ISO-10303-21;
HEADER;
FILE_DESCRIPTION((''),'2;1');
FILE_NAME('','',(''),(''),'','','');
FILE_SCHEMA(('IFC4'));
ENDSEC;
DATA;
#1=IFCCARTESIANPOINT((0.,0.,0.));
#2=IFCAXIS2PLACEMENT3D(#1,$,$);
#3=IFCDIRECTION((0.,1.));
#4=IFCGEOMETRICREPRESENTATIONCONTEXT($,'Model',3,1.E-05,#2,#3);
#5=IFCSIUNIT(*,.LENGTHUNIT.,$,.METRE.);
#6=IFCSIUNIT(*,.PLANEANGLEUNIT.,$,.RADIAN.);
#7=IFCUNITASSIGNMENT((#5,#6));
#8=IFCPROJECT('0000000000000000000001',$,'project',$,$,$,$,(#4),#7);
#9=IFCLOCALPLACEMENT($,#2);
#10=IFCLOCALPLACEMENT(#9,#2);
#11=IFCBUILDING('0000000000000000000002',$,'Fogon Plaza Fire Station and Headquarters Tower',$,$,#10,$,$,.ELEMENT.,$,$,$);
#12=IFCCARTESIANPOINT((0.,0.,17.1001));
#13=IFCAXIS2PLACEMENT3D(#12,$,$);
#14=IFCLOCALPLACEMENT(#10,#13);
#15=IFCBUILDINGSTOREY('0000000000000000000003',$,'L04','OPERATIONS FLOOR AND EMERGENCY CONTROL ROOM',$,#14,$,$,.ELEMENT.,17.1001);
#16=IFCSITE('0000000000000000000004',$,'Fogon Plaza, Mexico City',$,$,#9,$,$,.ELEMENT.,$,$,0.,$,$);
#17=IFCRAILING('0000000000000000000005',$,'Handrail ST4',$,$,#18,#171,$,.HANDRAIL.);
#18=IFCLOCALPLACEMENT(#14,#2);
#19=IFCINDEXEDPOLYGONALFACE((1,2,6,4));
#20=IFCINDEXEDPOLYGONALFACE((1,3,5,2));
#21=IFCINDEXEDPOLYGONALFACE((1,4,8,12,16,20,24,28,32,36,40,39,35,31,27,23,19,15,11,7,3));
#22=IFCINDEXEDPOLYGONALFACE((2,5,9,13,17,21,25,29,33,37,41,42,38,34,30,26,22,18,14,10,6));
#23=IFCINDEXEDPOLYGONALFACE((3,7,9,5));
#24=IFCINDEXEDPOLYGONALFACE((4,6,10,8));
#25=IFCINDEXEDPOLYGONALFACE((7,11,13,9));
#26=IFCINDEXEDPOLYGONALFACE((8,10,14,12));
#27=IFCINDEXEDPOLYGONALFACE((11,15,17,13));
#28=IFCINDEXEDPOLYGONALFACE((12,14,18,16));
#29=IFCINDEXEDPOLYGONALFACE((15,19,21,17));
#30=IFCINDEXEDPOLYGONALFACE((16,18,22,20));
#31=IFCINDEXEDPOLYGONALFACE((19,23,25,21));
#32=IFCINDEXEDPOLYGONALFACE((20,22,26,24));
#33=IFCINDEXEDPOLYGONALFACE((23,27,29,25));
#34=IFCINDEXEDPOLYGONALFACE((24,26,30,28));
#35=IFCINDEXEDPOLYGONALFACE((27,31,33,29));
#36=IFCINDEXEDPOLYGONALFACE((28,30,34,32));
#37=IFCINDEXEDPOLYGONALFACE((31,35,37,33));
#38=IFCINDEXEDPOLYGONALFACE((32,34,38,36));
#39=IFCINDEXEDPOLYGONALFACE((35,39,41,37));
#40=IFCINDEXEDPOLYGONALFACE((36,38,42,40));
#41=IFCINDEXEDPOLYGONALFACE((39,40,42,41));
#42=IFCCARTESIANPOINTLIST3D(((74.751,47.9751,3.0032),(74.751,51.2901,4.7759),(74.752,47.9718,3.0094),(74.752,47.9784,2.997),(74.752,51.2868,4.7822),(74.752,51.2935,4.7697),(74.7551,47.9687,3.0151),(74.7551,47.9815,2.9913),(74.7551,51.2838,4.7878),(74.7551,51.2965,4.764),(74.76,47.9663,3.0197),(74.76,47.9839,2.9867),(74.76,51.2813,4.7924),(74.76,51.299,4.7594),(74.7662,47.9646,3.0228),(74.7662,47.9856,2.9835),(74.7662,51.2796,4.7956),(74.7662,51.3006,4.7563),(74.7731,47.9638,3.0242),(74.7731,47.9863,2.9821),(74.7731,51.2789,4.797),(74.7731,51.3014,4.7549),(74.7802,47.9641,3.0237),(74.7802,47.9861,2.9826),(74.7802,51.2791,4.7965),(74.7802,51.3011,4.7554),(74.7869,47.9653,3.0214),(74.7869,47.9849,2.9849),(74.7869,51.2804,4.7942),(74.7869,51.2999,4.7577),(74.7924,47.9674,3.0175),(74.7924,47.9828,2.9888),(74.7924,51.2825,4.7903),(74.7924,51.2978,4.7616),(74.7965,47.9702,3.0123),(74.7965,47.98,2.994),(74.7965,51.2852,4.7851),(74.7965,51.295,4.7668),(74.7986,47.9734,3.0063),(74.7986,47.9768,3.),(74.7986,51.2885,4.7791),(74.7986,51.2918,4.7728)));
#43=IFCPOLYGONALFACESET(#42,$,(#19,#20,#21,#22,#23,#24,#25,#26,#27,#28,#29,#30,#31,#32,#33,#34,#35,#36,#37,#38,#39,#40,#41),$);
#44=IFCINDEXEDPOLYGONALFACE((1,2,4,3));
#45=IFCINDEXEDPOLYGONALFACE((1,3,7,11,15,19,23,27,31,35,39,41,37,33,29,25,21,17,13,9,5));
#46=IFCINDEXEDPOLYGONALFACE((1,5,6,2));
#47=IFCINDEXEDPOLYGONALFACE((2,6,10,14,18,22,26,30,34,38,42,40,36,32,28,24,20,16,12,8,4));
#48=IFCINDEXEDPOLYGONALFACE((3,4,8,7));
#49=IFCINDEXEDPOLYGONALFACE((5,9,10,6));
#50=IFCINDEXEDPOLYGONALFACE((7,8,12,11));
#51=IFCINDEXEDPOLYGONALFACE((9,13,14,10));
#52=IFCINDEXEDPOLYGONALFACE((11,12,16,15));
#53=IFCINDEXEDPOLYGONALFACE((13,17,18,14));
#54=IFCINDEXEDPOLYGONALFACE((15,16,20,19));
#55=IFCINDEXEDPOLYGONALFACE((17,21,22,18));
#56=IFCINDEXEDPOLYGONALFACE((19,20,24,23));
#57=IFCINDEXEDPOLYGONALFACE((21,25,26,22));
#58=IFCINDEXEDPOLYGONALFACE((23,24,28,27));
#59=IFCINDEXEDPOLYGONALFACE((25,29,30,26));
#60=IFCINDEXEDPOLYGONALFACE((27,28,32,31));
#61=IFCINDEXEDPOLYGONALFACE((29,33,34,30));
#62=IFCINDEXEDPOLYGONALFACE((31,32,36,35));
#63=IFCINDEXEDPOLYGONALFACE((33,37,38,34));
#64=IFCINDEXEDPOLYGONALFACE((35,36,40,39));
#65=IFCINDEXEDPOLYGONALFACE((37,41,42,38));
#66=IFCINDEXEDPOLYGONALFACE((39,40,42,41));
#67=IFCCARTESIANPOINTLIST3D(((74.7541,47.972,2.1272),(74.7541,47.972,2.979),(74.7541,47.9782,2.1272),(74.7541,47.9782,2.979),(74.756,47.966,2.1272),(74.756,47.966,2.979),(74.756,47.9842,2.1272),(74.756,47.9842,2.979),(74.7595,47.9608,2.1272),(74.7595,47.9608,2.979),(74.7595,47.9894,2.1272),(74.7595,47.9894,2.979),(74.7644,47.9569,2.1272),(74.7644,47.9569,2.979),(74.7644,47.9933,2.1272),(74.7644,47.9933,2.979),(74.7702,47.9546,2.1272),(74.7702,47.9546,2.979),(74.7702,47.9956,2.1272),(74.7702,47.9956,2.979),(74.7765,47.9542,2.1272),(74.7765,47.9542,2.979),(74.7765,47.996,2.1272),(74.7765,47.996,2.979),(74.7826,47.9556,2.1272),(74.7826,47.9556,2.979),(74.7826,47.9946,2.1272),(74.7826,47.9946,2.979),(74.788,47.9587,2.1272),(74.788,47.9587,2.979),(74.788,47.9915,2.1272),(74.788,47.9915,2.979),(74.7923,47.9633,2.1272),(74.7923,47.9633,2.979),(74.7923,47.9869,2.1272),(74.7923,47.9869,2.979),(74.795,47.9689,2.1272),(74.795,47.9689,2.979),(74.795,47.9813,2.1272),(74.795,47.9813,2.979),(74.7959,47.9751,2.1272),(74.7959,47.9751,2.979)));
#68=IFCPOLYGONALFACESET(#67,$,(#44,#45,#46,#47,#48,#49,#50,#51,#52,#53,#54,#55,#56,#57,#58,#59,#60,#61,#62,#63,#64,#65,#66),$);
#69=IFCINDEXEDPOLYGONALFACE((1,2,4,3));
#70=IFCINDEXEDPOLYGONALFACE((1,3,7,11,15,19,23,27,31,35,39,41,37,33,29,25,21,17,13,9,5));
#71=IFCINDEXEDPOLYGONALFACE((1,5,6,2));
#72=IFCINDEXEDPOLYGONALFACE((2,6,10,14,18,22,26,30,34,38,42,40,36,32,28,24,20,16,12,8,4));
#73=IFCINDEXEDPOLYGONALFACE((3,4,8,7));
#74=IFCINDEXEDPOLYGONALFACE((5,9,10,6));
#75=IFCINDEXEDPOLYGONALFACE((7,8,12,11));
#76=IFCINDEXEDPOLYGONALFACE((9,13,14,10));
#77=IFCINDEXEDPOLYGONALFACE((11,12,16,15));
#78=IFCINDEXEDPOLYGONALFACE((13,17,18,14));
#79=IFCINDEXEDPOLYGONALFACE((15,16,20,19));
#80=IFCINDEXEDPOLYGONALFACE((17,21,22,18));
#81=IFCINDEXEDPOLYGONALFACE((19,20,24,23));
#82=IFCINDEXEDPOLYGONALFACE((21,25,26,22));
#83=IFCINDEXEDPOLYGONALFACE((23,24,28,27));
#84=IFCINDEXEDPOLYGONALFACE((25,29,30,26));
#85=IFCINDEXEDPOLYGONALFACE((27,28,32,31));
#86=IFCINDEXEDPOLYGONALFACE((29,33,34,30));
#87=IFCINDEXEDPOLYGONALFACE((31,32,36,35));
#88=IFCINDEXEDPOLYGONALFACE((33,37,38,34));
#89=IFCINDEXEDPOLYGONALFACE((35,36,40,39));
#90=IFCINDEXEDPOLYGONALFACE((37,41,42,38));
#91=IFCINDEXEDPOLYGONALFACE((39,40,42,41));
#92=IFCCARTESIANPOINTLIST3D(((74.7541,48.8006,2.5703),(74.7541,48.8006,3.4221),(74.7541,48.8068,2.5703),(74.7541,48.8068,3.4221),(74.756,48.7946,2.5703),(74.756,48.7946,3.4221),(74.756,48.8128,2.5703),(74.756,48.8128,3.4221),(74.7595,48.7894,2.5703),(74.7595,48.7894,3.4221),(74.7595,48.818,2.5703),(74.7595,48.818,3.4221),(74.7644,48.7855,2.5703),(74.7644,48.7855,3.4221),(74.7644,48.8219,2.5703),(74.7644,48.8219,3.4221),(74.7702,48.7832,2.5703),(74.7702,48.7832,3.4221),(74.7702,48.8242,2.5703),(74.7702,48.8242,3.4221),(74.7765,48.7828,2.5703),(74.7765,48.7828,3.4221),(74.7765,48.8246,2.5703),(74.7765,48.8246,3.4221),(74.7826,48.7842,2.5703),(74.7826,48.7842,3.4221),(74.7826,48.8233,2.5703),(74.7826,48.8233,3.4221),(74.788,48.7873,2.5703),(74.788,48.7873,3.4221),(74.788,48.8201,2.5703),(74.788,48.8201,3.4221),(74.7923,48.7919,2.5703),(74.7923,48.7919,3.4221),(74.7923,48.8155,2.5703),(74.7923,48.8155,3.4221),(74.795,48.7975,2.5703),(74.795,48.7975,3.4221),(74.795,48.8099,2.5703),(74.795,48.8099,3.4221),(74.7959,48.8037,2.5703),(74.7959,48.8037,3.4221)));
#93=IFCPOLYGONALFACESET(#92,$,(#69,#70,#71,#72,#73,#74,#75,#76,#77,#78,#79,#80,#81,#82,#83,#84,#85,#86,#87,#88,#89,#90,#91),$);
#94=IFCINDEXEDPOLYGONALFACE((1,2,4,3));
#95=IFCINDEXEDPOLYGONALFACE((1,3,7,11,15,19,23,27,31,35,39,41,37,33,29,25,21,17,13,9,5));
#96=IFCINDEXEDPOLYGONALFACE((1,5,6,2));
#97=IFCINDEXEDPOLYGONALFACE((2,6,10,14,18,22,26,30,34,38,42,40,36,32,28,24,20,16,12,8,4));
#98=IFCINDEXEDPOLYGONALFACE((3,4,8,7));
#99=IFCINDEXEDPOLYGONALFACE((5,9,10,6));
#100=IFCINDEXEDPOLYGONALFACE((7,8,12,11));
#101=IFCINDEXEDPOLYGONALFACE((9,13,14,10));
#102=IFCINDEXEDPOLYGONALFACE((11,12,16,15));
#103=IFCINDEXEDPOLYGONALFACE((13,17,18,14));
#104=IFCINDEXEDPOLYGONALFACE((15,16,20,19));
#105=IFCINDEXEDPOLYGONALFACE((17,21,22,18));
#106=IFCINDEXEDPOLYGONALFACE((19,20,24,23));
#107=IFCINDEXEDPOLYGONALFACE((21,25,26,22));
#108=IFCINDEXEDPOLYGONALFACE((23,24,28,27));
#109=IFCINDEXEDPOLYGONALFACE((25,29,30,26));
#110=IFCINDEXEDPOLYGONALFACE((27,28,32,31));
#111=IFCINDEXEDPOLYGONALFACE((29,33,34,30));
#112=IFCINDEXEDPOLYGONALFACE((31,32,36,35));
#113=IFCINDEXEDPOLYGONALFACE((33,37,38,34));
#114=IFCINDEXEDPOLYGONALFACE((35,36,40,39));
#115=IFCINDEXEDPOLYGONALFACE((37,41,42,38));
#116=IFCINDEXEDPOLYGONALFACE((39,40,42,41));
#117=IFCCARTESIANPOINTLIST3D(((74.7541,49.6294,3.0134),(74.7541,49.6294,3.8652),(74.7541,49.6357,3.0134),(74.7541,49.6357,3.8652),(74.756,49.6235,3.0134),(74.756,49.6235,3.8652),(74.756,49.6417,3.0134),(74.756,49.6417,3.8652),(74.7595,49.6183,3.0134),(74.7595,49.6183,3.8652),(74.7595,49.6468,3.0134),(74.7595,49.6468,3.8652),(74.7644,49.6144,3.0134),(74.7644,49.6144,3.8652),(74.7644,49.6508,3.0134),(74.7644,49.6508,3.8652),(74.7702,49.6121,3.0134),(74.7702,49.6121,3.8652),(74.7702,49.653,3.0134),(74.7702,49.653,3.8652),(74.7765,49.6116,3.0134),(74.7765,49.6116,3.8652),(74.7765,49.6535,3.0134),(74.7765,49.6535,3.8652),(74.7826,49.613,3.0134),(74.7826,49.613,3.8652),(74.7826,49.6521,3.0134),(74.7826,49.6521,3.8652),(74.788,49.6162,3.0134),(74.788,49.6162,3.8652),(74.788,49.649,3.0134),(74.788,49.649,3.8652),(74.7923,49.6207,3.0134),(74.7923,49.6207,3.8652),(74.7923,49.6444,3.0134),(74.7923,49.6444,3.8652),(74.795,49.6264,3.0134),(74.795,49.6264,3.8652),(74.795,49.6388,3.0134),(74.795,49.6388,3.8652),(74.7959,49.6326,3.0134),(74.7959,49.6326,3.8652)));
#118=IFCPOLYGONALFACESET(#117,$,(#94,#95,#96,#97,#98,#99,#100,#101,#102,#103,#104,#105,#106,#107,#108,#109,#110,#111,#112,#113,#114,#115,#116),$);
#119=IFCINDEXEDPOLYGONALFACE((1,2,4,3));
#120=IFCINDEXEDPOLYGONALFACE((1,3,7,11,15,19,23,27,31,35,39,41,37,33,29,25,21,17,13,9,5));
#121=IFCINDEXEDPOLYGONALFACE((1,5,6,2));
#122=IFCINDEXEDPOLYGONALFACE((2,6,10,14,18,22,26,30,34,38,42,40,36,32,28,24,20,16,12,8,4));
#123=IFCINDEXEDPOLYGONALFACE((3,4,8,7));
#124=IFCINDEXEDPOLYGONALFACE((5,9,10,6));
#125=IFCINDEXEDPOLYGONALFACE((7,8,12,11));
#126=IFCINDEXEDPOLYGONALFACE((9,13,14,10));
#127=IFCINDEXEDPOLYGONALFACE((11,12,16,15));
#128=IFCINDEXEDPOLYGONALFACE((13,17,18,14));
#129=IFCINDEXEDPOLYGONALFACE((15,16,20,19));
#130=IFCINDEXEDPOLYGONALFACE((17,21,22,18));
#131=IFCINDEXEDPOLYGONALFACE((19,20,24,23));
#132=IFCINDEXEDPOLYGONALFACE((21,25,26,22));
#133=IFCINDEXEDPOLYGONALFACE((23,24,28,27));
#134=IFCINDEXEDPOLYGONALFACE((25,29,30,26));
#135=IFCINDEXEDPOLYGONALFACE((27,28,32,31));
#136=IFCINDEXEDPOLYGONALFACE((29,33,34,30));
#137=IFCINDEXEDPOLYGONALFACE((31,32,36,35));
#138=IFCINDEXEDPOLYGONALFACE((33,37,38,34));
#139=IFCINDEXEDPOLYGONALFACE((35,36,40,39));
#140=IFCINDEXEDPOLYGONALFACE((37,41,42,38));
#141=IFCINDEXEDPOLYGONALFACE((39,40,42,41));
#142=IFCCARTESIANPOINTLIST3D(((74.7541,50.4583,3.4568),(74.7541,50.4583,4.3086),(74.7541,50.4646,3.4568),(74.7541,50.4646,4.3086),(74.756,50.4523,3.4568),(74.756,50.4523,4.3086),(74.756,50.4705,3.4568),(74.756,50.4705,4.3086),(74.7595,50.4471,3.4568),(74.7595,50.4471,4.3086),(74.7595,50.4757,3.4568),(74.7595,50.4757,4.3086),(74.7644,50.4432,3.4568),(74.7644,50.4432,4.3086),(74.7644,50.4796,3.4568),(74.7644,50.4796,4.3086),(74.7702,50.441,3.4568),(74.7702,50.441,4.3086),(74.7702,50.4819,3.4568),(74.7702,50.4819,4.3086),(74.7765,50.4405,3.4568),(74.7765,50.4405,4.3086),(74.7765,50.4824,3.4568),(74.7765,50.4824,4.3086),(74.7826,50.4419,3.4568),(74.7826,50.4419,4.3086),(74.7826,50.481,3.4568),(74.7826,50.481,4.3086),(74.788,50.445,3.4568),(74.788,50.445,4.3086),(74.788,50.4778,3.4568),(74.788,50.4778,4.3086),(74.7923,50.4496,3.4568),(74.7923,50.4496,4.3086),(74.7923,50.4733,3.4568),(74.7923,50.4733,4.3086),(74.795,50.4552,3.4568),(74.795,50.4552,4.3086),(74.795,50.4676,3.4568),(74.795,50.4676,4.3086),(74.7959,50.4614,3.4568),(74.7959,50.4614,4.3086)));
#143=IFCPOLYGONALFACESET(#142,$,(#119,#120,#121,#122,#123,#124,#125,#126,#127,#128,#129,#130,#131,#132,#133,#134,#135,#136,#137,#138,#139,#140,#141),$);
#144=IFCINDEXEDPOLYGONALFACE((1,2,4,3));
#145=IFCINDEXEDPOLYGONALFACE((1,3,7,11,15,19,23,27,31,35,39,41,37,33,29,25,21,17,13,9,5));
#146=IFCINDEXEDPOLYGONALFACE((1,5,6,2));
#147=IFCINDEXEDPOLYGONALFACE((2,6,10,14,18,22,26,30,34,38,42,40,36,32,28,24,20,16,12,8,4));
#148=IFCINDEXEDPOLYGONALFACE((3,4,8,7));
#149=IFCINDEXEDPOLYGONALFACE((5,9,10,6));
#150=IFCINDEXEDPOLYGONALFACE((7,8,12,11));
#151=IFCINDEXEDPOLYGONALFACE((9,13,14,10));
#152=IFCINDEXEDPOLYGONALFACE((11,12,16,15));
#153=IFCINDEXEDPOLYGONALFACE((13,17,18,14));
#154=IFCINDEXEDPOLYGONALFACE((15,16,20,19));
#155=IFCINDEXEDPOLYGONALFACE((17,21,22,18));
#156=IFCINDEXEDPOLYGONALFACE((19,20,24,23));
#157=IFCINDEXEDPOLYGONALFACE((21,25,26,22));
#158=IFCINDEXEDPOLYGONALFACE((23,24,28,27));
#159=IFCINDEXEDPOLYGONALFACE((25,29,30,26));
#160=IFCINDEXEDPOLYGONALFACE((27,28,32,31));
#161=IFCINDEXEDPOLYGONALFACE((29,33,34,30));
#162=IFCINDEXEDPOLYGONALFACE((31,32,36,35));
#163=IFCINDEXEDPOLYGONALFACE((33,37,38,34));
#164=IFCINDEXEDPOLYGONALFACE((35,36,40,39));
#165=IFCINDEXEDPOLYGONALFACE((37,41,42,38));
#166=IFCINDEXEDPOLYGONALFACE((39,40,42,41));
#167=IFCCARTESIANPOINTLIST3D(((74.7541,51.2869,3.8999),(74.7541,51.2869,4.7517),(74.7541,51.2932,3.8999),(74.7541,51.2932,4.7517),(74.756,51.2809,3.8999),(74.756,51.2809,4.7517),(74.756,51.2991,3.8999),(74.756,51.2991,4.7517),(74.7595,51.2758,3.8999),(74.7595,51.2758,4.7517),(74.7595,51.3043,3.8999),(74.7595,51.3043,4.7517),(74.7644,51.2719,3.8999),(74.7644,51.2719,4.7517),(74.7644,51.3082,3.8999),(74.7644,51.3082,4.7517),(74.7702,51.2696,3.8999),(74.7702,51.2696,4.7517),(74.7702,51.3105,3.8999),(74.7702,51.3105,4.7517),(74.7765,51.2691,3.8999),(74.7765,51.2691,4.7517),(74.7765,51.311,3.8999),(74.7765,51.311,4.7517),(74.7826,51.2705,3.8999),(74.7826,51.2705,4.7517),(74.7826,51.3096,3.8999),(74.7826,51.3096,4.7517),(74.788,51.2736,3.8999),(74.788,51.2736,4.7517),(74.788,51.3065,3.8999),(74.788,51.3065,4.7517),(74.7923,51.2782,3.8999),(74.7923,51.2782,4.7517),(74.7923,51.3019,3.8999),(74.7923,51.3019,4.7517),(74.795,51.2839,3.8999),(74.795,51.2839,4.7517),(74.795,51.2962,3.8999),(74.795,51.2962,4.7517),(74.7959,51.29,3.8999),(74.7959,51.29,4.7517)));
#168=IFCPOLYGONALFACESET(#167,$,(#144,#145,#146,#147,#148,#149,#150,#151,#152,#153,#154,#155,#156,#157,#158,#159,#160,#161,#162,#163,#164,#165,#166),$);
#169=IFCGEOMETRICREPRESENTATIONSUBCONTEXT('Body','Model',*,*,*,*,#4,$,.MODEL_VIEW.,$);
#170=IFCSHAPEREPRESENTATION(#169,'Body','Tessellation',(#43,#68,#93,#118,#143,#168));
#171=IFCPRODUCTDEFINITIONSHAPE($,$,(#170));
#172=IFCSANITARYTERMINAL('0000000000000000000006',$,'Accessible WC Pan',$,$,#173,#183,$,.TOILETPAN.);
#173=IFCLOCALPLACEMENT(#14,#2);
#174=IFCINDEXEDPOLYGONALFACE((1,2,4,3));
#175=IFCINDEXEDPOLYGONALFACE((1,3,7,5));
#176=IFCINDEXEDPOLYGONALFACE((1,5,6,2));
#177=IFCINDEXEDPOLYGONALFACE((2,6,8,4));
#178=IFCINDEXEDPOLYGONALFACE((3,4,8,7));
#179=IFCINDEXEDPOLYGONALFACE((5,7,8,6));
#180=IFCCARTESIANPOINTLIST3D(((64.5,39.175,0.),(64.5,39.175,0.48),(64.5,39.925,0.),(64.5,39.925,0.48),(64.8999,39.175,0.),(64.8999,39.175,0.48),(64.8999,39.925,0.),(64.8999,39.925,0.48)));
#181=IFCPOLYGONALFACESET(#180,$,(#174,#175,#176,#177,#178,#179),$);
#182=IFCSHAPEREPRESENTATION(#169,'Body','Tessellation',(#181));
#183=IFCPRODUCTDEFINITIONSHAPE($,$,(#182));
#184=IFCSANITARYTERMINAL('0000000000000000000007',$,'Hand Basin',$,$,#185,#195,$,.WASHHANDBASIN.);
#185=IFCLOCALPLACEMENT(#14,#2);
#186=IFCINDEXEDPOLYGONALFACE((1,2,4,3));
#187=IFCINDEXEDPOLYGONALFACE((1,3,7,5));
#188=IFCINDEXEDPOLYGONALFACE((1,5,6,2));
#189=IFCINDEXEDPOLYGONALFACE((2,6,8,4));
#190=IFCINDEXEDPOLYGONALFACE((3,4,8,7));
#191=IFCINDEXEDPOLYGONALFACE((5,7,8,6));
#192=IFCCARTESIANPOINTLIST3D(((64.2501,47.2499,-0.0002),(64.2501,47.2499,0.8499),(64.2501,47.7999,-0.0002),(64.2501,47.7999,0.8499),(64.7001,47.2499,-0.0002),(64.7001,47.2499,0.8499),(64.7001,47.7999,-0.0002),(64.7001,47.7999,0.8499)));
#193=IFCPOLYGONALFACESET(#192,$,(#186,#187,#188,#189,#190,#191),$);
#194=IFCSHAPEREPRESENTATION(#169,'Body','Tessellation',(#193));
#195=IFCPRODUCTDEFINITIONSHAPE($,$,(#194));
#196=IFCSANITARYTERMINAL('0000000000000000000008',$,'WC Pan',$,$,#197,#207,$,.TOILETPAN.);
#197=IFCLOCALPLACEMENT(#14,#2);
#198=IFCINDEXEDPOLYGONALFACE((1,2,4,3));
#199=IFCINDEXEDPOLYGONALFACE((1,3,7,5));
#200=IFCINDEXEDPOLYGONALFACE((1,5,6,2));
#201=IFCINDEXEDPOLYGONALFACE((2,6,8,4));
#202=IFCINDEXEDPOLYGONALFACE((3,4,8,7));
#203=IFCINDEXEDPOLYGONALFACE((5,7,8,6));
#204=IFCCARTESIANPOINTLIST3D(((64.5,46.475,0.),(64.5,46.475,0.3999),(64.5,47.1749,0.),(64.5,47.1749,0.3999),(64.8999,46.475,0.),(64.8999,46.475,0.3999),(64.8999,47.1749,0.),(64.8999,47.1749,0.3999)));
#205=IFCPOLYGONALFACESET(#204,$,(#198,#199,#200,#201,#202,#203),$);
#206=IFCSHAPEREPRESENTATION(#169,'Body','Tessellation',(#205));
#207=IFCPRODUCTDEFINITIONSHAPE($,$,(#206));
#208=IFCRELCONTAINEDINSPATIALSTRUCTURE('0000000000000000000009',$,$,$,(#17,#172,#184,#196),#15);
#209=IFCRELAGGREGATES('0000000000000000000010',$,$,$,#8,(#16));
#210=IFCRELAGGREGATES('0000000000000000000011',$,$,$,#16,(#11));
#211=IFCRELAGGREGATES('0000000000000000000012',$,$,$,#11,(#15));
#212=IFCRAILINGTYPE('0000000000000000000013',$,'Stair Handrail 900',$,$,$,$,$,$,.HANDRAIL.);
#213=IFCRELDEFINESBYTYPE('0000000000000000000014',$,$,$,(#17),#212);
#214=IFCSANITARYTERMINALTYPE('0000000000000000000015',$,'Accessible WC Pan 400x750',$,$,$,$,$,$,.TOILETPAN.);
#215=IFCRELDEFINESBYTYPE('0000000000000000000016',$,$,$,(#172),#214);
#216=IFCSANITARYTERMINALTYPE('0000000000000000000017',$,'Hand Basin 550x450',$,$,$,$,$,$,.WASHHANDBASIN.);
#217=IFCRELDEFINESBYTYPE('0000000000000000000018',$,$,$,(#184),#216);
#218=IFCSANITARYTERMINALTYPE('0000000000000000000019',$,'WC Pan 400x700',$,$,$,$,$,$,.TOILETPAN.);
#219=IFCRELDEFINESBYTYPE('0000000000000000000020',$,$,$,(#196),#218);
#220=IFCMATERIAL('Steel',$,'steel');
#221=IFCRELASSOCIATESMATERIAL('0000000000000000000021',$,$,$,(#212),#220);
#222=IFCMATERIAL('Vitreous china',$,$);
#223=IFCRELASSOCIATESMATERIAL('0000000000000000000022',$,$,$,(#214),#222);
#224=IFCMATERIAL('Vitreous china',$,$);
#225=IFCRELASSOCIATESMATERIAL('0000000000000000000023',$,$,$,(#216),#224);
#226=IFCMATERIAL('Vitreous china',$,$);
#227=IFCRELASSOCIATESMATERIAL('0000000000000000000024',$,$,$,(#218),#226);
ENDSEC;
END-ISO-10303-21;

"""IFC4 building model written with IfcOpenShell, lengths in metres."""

from ifc_helpers import new_model, si_unit, direction, frame, origin, origin_2d, place, context, subcontext, project, spatial, rectangle, circle, extrude, material, type_object, element, save


model = new_model("IFC4")

# Units and contexts
model_context = context("Model", 3, precision=1e-05, world=origin(), true_north=direction((0.0, 1.0)))
body_context = subcontext(model_context, "Body", "Model", "MODEL_VIEW")
ifc_project = project(units=[si_unit("LENGTHUNIT", "METRE"), si_unit("PLANEANGLEUNIT", "RADIAN")], contexts=[model_context])

# Site, building, storey
site_placement = place(None, origin())
site = spatial("IfcSite", under=ifc_project, at=site_placement, Name="Fogon Plaza, Mexico City", CompositionType="ELEMENT", RefElevation=0.0)
building_placement = place(site_placement, origin())
building = spatial("IfcBuilding", under=site, at=building_placement, Name="Fogon Plaza Fire Station and Headquarters Tower", CompositionType="ELEMENT")
storey_placement = place(building_placement, frame((0.0, 0.0, 17.1001)))
storey = spatial("IfcBuildingStorey", under=building, at=storey_placement, Name="L04", Description="OPERATIONS FLOOR AND EMERGENCY CONTROL ROOM", CompositionType="ELEMENT", Elevation=17.1001)

# Railing
ifc_material_1 = material(Name="Steel", Category="steel")
railing_type = type_object("IfcRailingType", Name="Stair Handrail 900", PredefinedType="HANDRAIL", material=ifc_material_1)
for number, where, name in (
    (1, (74.7749, 47.9751, 2.1272), "Handrail ST4"),
):
    element("IfcRailing", number, at=place(storey_placement, frame(where)), inside=storey, type_object=railing_type, Name=name, PredefinedType="HANDRAIL", context=body_context, shape_type="SweptSolid", body=[
        extrude(circle(Radius=0.0239, at=origin_2d()), frame((0.0, 0.0, 0.876), z_axis=(0.0, 0.881829, 0.471569), x_axis=(-1.0, 0.0, 0.0)), (0.0, 0.0, 1.0), 3.7593),
        extrude(circle(Radius=0.021, at=origin_2d()), origin(), (0.0, 0.0, 1.0), 0.8518),
        extrude(circle(Radius=0.021, at=origin_2d()), frame((0.0, 0.8286, 0.4431)), (0.0, 0.0, 1.0), 0.8518),
        extrude(circle(Radius=0.021, at=origin_2d()), frame((0.0, 1.6575, 0.8862)), (0.0, 0.0, 1.0), 0.8518),
        extrude(circle(Radius=0.021, at=origin_2d()), frame((0.0, 2.4863, 1.3296)), (0.0, 0.0, 1.0), 0.8518),
        extrude(circle(Radius=0.021, at=origin_2d()), frame((0.0, 3.3149, 1.7727)), (0.0, 0.0, 1.0), 0.8518),
    ])

# Sanitary terminals
ifc_material_2 = material(Name="Vitreous china")
sanitary_terminal_type_1 = type_object("IfcSanitaryTerminalType", Name="Accessible WC Pan 400x750", PredefinedType="TOILETPAN", material=ifc_material_2)
sanitary_terminal_1_placement = place(storey_placement, frame((64.7, 39.55, 0.0), z_axis=(0.0, 0.0, 1.0), x_axis=(1.0, 0.0, 0.0)))
element("IfcSanitaryTerminal", 2, at=sanitary_terminal_1_placement, inside=storey, type_object=sanitary_terminal_type_1, Name="Accessible WC Pan", PredefinedType="TOILETPAN", context=body_context, shape_type="SweptSolid", body=[
    extrude(rectangle(XDim=0.3999, YDim=0.75, at=origin_2d()), origin(), (0.0, 0.0, 1.0), 0.48),
])
ifc_material_3 = material(Name="Vitreous china")
sanitary_terminal_type_2 = type_object("IfcSanitaryTerminalType", Name="Hand Basin 550x450", PredefinedType="WASHHANDBASIN", material=ifc_material_3)
sanitary_terminal_2_placement = place(storey_placement, frame((64.4751, 47.5249, -0.0002), z_axis=(0.0, 0.0, 1.0), x_axis=(1.0, 0.0, 0.0)))
element("IfcSanitaryTerminal", 3, at=sanitary_terminal_2_placement, inside=storey, type_object=sanitary_terminal_type_2, Name="Hand Basin", PredefinedType="WASHHANDBASIN", context=body_context, shape_type="SweptSolid", body=[
    extrude(rectangle(XDim=0.45, YDim=0.55, at=origin_2d()), origin(), (0.0, 0.0, 1.0), 0.8501),
])
ifc_material_4 = material(Name="Vitreous china")
sanitary_terminal_type_3 = type_object("IfcSanitaryTerminalType", Name="WC Pan 400x700", PredefinedType="TOILETPAN", material=ifc_material_4)
sanitary_terminal_3_placement = place(storey_placement, frame((64.7, 46.825, 0.0), z_axis=(0.0, 0.0, 1.0), x_axis=(1.0, 0.0, 0.0)))
element("IfcSanitaryTerminal", 4, at=sanitary_terminal_3_placement, inside=storey, type_object=sanitary_terminal_type_3, Name="WC Pan", PredefinedType="TOILETPAN", context=body_context, shape_type="SweptSolid", body=[
    extrude(rectangle(XDim=0.3999, YDim=0.7, at=origin_2d()), origin(), (0.0, 0.0, 1.0), 0.3999),
])

save(model, "model.ifc")
